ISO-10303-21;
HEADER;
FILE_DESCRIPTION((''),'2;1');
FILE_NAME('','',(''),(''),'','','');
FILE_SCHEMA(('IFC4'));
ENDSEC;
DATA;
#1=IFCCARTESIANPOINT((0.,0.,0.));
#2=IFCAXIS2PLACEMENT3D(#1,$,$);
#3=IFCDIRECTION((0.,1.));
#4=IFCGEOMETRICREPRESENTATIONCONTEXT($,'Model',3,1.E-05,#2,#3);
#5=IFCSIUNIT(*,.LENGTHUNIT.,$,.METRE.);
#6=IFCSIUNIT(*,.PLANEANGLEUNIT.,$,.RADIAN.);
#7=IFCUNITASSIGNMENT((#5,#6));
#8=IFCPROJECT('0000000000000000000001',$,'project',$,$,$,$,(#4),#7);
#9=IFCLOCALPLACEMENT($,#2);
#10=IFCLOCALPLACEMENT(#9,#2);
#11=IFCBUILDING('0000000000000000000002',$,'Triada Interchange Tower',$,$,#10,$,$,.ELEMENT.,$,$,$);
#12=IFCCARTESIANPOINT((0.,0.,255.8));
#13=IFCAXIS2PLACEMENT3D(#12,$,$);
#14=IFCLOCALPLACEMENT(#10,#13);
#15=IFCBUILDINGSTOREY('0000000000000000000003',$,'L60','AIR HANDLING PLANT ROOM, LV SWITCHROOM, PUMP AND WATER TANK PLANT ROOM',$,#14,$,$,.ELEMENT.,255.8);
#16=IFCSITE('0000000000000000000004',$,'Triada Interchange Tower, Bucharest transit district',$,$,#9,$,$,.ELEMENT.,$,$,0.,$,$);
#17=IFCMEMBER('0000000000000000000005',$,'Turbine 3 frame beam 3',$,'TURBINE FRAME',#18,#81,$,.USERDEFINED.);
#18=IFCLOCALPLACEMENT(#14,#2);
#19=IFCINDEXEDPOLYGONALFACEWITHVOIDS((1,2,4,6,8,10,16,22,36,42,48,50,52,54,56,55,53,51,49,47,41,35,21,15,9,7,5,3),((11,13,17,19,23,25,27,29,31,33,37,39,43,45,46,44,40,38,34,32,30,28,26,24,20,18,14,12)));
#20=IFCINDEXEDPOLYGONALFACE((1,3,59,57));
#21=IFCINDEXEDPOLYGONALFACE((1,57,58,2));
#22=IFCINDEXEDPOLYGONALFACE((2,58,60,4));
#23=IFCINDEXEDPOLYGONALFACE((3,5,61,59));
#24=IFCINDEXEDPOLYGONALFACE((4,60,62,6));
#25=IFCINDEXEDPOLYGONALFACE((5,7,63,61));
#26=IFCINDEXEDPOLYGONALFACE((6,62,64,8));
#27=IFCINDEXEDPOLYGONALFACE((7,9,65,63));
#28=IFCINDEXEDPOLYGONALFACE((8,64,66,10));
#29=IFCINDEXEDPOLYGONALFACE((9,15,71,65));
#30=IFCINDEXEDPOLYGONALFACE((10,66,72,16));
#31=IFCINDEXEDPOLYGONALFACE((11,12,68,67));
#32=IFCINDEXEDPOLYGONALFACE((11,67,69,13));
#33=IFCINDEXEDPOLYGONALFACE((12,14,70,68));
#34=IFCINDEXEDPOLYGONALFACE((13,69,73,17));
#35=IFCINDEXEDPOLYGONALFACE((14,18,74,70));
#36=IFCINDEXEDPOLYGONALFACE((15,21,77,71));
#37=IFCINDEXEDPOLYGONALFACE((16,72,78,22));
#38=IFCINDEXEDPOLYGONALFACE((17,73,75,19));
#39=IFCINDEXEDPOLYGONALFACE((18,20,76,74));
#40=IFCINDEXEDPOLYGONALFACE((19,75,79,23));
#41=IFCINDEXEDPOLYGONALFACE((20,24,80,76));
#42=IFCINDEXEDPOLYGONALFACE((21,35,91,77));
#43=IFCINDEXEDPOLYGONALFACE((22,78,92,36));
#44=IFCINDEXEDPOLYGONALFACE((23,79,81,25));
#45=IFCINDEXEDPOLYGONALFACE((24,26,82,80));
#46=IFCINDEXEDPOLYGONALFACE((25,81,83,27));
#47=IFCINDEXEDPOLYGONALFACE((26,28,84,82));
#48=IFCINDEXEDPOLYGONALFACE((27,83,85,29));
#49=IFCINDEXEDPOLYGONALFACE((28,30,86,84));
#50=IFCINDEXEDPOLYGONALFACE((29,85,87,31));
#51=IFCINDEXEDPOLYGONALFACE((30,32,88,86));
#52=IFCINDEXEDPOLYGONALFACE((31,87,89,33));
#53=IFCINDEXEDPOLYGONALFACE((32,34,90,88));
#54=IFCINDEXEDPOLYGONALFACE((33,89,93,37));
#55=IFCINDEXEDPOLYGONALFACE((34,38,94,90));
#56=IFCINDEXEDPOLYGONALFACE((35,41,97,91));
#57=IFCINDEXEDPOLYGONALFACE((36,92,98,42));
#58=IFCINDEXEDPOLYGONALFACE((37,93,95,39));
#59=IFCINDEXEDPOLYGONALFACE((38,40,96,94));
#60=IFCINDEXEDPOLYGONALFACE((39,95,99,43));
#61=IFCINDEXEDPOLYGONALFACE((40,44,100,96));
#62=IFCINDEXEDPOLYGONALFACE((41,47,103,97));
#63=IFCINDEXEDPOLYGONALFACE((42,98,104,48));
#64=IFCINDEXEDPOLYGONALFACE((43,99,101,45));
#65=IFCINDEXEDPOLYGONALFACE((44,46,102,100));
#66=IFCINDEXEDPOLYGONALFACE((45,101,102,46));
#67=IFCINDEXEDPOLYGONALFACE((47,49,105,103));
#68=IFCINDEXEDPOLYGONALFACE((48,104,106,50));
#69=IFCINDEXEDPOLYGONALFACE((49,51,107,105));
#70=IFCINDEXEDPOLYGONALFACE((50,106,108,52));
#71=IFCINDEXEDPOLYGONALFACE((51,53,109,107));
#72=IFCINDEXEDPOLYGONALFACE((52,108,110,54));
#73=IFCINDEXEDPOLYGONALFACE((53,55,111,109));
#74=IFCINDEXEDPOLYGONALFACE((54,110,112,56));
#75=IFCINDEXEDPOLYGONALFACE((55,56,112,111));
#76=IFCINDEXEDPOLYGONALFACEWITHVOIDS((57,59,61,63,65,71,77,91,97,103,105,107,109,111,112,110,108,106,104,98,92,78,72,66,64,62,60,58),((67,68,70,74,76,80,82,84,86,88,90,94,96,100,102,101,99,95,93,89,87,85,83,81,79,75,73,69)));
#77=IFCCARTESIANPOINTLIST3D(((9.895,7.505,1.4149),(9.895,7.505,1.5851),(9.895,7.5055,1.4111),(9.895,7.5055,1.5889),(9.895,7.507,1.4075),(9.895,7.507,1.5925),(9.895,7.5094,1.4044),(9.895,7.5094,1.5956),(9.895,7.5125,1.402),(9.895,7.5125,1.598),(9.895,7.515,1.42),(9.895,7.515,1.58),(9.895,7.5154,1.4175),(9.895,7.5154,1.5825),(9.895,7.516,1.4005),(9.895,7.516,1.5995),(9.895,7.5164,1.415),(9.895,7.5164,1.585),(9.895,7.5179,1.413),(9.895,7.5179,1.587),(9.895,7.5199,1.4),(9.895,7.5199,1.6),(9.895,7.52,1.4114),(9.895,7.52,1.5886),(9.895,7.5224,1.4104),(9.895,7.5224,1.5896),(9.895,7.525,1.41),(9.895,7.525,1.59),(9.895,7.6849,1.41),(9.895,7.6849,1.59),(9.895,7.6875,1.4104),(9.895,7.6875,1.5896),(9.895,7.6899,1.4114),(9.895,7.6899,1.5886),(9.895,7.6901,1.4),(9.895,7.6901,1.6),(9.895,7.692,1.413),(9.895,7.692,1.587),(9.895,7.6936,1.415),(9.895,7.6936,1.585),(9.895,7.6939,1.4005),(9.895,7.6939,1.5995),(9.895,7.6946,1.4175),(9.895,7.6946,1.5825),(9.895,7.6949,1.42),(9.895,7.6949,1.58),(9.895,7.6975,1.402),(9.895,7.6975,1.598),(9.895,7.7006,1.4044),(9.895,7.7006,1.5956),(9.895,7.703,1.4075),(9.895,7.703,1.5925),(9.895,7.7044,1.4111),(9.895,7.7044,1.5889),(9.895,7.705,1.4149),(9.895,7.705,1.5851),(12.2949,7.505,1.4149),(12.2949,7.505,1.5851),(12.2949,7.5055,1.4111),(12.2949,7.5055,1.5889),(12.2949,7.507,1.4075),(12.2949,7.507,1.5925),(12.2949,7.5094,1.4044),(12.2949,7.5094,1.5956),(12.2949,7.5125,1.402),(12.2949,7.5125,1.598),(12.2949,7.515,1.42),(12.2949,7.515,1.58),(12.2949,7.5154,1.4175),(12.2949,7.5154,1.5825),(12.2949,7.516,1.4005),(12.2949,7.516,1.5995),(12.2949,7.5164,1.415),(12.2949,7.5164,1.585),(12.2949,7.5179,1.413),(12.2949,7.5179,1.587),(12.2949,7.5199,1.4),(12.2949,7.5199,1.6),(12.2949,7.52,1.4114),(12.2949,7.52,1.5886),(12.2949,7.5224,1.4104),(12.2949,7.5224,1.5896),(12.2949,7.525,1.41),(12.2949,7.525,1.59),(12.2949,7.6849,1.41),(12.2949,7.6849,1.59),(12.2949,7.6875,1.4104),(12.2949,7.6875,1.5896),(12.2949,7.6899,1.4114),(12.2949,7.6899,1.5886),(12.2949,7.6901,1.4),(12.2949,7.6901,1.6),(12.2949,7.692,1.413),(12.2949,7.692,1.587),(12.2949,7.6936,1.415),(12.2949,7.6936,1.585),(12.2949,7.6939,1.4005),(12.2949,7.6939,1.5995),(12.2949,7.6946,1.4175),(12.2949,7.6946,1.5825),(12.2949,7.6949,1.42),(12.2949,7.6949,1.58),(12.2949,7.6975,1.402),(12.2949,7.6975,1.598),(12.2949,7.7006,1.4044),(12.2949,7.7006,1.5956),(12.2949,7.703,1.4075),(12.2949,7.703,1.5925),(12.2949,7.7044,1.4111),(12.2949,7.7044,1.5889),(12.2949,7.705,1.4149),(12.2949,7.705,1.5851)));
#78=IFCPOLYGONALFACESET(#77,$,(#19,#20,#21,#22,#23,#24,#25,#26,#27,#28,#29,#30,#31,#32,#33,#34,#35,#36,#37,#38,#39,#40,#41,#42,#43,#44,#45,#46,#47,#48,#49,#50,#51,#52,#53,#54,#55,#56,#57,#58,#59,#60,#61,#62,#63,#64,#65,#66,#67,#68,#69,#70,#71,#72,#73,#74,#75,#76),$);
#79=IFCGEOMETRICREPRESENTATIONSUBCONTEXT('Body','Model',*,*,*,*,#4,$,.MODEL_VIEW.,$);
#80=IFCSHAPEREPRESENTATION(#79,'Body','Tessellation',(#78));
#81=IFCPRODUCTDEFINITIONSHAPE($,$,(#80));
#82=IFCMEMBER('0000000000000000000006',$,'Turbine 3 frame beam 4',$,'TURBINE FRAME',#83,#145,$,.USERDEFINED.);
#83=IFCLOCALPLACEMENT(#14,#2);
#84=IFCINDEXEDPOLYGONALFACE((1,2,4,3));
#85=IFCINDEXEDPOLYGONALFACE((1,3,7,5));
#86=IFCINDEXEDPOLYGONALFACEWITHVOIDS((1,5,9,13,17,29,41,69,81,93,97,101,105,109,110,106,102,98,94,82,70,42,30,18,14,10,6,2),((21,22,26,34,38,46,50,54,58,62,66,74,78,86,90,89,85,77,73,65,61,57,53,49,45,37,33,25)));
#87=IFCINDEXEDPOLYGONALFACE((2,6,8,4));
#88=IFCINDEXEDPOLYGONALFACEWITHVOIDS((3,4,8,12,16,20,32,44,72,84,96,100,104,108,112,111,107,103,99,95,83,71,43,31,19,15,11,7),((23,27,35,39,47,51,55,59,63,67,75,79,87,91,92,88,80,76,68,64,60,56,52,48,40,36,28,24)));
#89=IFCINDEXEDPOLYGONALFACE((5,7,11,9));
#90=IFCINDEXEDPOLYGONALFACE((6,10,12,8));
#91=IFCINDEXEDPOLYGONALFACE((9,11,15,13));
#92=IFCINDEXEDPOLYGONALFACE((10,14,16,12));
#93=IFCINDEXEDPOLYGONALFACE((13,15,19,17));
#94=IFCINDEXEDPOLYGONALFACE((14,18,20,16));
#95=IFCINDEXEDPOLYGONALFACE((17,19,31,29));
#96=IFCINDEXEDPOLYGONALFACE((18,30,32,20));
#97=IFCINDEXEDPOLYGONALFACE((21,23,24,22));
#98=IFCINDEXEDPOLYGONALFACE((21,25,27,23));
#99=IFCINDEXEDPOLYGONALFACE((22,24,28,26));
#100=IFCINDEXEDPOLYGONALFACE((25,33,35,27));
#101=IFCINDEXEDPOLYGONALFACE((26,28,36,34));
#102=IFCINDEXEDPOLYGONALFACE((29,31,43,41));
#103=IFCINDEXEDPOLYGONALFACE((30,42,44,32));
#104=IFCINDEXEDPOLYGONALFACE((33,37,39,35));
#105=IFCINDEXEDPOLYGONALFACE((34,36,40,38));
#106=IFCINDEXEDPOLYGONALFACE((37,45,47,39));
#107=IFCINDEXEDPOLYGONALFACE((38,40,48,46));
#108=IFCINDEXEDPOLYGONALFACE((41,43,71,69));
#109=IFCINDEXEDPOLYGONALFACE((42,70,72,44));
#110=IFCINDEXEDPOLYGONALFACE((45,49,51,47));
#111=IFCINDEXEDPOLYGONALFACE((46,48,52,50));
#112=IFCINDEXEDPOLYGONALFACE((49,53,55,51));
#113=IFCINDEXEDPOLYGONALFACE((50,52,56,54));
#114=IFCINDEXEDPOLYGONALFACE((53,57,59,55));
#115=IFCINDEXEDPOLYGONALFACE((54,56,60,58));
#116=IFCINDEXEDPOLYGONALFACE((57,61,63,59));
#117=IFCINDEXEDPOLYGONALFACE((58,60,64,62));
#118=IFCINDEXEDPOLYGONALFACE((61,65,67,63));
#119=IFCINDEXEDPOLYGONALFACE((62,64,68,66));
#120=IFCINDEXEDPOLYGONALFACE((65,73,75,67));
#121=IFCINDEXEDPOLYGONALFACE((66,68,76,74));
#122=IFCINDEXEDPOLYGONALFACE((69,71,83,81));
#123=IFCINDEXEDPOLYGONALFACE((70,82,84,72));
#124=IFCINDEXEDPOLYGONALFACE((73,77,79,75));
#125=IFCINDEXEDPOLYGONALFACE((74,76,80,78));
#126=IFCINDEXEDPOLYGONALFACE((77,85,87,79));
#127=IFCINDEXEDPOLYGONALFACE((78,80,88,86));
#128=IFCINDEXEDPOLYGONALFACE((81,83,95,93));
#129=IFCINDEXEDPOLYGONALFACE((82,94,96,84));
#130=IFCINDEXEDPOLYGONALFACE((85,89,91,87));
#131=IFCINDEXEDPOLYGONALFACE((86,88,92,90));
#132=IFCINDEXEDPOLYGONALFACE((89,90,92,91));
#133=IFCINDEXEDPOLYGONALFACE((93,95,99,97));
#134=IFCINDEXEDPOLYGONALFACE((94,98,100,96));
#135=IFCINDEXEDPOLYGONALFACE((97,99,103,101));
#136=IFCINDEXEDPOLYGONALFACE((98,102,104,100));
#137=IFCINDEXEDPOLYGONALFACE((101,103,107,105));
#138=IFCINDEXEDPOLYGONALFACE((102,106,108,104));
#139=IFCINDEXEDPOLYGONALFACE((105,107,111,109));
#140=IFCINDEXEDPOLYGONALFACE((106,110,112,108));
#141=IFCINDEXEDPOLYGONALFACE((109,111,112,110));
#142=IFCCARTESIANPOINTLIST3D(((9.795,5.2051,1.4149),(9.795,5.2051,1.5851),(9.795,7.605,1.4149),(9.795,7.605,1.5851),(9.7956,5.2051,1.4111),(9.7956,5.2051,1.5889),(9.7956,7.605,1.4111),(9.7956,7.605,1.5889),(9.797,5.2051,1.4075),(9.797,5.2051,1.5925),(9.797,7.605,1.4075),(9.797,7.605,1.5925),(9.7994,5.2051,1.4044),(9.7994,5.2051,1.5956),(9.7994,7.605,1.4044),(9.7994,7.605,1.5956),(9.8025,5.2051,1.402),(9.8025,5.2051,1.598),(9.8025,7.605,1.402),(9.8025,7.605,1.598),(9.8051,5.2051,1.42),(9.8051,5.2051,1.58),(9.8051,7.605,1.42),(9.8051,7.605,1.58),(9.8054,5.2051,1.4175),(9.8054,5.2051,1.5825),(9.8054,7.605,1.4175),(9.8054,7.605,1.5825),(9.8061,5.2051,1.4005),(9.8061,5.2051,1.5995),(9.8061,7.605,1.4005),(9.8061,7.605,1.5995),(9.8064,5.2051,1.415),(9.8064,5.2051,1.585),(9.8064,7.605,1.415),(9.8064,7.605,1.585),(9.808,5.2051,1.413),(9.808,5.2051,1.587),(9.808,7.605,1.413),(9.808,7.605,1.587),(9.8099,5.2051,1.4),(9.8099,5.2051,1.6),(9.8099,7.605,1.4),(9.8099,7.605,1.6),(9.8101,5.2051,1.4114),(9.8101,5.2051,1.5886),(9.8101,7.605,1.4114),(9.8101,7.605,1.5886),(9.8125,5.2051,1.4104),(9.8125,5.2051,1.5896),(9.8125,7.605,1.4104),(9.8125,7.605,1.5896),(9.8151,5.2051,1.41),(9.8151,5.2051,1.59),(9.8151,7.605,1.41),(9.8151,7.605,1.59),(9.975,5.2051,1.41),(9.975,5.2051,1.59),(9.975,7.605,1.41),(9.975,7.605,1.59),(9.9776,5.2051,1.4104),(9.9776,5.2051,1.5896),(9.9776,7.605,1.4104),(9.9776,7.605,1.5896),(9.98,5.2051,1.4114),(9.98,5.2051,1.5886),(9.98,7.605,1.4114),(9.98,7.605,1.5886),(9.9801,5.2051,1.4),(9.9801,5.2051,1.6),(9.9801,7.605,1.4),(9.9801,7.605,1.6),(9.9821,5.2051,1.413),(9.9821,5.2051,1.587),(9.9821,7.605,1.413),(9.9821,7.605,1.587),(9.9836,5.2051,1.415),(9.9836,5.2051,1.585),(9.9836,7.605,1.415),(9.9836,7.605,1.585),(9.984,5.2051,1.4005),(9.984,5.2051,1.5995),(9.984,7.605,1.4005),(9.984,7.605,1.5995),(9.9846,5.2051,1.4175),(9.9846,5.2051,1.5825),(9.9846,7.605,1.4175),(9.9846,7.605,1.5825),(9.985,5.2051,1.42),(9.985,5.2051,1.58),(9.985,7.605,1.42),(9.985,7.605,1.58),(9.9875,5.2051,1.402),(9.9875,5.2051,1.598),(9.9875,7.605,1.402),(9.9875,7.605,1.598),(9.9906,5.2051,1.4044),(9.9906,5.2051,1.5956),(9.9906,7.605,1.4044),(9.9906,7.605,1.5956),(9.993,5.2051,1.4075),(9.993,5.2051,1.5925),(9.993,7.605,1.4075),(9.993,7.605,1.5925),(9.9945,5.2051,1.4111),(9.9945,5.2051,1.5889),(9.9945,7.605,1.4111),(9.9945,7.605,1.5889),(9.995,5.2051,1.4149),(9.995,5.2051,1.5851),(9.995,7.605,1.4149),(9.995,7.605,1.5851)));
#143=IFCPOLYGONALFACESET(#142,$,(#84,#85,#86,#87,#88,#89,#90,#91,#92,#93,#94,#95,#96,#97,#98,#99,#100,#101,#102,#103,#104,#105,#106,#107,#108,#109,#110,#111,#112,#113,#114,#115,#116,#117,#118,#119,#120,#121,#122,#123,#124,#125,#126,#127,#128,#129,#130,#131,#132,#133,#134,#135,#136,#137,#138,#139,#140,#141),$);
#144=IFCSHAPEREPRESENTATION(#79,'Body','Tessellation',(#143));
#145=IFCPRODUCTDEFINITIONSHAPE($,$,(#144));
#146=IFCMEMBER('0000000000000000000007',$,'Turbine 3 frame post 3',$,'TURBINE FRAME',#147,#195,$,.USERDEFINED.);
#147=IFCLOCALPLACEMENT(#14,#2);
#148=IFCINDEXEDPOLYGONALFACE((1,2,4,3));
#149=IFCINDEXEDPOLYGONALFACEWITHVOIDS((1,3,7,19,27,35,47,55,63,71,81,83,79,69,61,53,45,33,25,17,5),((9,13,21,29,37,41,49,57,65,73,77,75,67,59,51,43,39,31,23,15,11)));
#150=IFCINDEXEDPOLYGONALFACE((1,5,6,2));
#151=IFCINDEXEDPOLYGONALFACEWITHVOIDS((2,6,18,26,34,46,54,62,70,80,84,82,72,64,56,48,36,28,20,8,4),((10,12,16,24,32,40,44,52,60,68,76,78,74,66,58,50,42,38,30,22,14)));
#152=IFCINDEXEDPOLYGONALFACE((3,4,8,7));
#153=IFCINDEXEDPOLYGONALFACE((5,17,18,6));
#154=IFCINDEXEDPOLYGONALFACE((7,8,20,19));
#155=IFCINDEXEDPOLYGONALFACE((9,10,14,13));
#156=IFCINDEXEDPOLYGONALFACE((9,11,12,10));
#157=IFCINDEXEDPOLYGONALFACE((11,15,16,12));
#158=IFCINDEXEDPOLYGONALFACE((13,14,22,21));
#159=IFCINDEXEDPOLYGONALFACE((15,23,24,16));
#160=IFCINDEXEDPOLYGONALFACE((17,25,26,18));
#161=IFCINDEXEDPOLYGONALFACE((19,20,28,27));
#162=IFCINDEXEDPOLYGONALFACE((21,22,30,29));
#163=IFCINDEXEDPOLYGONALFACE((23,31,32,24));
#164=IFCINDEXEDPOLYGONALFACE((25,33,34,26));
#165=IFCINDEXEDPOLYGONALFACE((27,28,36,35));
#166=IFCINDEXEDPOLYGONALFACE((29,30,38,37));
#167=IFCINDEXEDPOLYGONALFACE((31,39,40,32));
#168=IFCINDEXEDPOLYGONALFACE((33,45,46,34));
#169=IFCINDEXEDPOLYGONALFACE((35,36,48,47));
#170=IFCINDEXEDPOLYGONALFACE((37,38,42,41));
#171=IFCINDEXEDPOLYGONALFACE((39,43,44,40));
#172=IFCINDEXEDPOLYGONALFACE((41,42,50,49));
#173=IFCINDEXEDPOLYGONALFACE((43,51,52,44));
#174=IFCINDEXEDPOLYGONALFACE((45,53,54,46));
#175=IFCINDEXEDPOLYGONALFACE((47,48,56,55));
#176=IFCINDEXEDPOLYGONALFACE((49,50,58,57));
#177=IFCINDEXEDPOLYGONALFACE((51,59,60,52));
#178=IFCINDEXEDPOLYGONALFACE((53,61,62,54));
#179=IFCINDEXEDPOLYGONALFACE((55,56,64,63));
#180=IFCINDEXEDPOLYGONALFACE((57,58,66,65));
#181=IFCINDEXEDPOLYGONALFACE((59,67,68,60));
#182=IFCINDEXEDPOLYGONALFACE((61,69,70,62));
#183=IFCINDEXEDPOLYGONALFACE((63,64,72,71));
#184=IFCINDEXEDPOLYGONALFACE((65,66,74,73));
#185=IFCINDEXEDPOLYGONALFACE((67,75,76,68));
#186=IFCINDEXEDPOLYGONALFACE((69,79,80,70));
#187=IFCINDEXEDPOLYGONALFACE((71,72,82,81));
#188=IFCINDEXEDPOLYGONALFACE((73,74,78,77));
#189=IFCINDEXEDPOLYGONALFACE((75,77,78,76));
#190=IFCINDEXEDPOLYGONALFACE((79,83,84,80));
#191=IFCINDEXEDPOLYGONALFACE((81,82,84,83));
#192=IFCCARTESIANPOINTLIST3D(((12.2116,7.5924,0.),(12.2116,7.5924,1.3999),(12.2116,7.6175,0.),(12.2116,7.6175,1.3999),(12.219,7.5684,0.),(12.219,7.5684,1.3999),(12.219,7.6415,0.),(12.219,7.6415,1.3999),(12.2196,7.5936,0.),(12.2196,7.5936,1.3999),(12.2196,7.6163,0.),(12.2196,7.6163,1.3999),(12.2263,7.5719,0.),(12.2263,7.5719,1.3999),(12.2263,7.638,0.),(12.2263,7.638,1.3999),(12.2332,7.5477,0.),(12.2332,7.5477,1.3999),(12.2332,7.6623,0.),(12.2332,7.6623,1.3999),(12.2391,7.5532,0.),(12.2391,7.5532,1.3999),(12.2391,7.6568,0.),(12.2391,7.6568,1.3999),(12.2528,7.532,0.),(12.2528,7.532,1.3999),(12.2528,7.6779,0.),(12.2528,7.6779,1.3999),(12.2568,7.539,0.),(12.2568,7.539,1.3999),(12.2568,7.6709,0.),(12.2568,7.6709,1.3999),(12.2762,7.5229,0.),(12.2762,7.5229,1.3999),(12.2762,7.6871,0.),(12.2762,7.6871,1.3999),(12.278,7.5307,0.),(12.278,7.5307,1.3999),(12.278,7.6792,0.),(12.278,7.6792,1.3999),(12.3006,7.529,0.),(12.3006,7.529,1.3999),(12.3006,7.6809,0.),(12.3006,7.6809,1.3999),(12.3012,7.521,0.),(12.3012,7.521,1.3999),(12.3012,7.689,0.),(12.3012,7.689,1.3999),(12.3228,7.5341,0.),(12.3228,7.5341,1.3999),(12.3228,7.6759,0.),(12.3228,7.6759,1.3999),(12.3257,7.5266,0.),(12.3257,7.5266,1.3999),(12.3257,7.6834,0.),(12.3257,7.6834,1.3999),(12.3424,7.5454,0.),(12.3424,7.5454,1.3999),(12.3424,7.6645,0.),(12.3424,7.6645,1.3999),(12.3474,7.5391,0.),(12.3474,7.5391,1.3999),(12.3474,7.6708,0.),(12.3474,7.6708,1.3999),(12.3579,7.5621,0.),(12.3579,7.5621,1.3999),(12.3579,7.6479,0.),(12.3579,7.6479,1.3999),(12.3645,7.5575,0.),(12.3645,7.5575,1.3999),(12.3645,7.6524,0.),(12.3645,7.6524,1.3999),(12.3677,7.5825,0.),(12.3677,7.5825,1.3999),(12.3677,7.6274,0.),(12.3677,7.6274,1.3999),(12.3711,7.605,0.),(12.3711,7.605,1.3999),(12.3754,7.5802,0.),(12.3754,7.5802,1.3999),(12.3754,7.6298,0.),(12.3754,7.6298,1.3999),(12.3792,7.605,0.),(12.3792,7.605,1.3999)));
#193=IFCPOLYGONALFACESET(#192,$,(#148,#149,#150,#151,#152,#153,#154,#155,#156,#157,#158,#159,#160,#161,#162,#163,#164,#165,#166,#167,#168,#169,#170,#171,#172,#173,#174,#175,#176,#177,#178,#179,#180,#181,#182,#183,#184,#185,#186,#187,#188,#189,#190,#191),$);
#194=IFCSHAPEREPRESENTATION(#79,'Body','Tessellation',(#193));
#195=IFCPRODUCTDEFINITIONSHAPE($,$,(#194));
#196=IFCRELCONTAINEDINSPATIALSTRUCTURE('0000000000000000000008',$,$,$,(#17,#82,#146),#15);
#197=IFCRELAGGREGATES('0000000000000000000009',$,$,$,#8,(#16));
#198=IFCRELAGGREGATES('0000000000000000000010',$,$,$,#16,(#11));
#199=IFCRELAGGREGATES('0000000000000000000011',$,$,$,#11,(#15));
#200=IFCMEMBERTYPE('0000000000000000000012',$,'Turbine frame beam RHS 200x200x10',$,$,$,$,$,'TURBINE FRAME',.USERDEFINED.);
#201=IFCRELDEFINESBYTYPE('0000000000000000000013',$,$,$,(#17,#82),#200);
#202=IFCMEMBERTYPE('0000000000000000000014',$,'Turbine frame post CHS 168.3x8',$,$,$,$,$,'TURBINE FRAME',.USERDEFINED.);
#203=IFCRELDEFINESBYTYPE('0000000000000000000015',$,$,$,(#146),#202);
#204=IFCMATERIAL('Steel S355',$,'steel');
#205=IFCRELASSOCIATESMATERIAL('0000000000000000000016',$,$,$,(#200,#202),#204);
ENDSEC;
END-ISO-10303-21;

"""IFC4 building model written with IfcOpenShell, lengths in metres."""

from ifc_helpers import new_model, si_unit, direction, frame, origin, origin_2d, place, context, subcontext, project, spatial, hollow_rectangle, hollow_circle, extrude, material, material_profile, profile_set, type_object, element, save


model = new_model("IFC4")

# Units and contexts
model_context = context("Model", 3, precision=1e-05, world=origin(), true_north=direction((0.0, 1.0)))
body_context = subcontext(model_context, "Body", "Model", "MODEL_VIEW")
ifc_project = project(units=[si_unit("LENGTHUNIT", "METRE"), si_unit("PLANEANGLEUNIT", "RADIAN")], contexts=[model_context])

# Site, building, storey
site_placement = place(None, origin())
site = spatial("IfcSite", under=ifc_project, at=site_placement, Name="Triada Interchange Tower, Bucharest transit district", CompositionType="ELEMENT", RefElevation=0.0)
building_placement = place(site_placement, origin())
building = spatial("IfcBuilding", under=site, at=building_placement, Name="Triada Interchange Tower", CompositionType="ELEMENT")
storey_placement = place(building_placement, frame((0.0, 0.0, 255.8)))
storey = spatial("IfcBuildingStorey", under=building, at=storey_placement, Name="L60", Description="AIR HANDLING PLANT ROOM, LV SWITCHROOM, PUMP AND WATER TANK PLANT ROOM", CompositionType="ELEMENT", Elevation=255.8)

# Shared definitions
ifc_material_1 = material(Name="Steel S355", Category="steel")

# Members
ifc_material_profile_1 = material_profile(ifc_material_1, hollow_rectangle(XDim=0.2, YDim=0.2, WallThickness=0.01, InnerFilletRadius=0.01, OuterFilletRadius=0.0149, at=origin_2d()), Name="RHS 200x200x10")
ifc_profile_set_1 = profile_set([ifc_material_profile_1], Name="Steel S355")
member_type_1 = type_object("IfcMemberType", Name="Turbine frame beam RHS 200x200x10", ElementType="TURBINE FRAME", PredefinedType="USERDEFINED", material=ifc_profile_set_1)
for number, where, z_axis, x_axis, name in (
    (1, (12.2949, 7.605, 1.5), (-1.0, 0.0, 0.0), (0.0, -1.0, 0.0), "Turbine 3 frame beam 3"),
    (2, (9.895, 7.605, 1.5), (0.0, -1.0, 0.0), (1.0, 0.0, 0.0), "Turbine 3 frame beam 4"),
):
    element("IfcMember", number, at=place(storey_placement, frame(where, z_axis=z_axis, x_axis=x_axis)), inside=storey, type_object=member_type_1, Name=name, ObjectType="TURBINE FRAME", PredefinedType="USERDEFINED", context=body_context, shape_type="SweptSolid", body=[
        extrude(hollow_rectangle(XDim=0.2, YDim=0.2, WallThickness=0.01, InnerFilletRadius=0.01, OuterFilletRadius=0.0149, at=origin_2d()), origin(), (0.0, 0.0, 1.0), 2.3999),
    ])
ifc_material_profile_2 = material_profile(ifc_material_1, hollow_circle(Radius=0.0842, WallThickness=0.0081, at=origin_2d()), Name="CHS 168.3x8")
ifc_profile_set_2 = profile_set([ifc_material_profile_2], Name="Steel S355")
member_type_2 = type_object("IfcMemberType", Name="Turbine frame post CHS 168.3x8", ElementType="TURBINE FRAME", PredefinedType="USERDEFINED", material=ifc_profile_set_2)
for number, where, z_axis, x_axis, name in (
    (3, (12.2949, 7.605, 0.0), (0.0, 0.0, 1.0), (1.0, 0.0, 0.0), "Turbine 3 frame post 3"),
):
    element("IfcMember", number, at=place(storey_placement, frame(where, z_axis=z_axis, x_axis=x_axis)), inside=storey, type_object=member_type_2, Name=name, ObjectType="TURBINE FRAME", PredefinedType="USERDEFINED", context=body_context, shape_type="SweptSolid", body=[
        extrude(hollow_circle(Radius=0.0842, WallThickness=0.0081, at=origin_2d()), origin(), (0.0, 0.0, 1.0), 1.3999),
    ])

save(model, "model.ifc")
